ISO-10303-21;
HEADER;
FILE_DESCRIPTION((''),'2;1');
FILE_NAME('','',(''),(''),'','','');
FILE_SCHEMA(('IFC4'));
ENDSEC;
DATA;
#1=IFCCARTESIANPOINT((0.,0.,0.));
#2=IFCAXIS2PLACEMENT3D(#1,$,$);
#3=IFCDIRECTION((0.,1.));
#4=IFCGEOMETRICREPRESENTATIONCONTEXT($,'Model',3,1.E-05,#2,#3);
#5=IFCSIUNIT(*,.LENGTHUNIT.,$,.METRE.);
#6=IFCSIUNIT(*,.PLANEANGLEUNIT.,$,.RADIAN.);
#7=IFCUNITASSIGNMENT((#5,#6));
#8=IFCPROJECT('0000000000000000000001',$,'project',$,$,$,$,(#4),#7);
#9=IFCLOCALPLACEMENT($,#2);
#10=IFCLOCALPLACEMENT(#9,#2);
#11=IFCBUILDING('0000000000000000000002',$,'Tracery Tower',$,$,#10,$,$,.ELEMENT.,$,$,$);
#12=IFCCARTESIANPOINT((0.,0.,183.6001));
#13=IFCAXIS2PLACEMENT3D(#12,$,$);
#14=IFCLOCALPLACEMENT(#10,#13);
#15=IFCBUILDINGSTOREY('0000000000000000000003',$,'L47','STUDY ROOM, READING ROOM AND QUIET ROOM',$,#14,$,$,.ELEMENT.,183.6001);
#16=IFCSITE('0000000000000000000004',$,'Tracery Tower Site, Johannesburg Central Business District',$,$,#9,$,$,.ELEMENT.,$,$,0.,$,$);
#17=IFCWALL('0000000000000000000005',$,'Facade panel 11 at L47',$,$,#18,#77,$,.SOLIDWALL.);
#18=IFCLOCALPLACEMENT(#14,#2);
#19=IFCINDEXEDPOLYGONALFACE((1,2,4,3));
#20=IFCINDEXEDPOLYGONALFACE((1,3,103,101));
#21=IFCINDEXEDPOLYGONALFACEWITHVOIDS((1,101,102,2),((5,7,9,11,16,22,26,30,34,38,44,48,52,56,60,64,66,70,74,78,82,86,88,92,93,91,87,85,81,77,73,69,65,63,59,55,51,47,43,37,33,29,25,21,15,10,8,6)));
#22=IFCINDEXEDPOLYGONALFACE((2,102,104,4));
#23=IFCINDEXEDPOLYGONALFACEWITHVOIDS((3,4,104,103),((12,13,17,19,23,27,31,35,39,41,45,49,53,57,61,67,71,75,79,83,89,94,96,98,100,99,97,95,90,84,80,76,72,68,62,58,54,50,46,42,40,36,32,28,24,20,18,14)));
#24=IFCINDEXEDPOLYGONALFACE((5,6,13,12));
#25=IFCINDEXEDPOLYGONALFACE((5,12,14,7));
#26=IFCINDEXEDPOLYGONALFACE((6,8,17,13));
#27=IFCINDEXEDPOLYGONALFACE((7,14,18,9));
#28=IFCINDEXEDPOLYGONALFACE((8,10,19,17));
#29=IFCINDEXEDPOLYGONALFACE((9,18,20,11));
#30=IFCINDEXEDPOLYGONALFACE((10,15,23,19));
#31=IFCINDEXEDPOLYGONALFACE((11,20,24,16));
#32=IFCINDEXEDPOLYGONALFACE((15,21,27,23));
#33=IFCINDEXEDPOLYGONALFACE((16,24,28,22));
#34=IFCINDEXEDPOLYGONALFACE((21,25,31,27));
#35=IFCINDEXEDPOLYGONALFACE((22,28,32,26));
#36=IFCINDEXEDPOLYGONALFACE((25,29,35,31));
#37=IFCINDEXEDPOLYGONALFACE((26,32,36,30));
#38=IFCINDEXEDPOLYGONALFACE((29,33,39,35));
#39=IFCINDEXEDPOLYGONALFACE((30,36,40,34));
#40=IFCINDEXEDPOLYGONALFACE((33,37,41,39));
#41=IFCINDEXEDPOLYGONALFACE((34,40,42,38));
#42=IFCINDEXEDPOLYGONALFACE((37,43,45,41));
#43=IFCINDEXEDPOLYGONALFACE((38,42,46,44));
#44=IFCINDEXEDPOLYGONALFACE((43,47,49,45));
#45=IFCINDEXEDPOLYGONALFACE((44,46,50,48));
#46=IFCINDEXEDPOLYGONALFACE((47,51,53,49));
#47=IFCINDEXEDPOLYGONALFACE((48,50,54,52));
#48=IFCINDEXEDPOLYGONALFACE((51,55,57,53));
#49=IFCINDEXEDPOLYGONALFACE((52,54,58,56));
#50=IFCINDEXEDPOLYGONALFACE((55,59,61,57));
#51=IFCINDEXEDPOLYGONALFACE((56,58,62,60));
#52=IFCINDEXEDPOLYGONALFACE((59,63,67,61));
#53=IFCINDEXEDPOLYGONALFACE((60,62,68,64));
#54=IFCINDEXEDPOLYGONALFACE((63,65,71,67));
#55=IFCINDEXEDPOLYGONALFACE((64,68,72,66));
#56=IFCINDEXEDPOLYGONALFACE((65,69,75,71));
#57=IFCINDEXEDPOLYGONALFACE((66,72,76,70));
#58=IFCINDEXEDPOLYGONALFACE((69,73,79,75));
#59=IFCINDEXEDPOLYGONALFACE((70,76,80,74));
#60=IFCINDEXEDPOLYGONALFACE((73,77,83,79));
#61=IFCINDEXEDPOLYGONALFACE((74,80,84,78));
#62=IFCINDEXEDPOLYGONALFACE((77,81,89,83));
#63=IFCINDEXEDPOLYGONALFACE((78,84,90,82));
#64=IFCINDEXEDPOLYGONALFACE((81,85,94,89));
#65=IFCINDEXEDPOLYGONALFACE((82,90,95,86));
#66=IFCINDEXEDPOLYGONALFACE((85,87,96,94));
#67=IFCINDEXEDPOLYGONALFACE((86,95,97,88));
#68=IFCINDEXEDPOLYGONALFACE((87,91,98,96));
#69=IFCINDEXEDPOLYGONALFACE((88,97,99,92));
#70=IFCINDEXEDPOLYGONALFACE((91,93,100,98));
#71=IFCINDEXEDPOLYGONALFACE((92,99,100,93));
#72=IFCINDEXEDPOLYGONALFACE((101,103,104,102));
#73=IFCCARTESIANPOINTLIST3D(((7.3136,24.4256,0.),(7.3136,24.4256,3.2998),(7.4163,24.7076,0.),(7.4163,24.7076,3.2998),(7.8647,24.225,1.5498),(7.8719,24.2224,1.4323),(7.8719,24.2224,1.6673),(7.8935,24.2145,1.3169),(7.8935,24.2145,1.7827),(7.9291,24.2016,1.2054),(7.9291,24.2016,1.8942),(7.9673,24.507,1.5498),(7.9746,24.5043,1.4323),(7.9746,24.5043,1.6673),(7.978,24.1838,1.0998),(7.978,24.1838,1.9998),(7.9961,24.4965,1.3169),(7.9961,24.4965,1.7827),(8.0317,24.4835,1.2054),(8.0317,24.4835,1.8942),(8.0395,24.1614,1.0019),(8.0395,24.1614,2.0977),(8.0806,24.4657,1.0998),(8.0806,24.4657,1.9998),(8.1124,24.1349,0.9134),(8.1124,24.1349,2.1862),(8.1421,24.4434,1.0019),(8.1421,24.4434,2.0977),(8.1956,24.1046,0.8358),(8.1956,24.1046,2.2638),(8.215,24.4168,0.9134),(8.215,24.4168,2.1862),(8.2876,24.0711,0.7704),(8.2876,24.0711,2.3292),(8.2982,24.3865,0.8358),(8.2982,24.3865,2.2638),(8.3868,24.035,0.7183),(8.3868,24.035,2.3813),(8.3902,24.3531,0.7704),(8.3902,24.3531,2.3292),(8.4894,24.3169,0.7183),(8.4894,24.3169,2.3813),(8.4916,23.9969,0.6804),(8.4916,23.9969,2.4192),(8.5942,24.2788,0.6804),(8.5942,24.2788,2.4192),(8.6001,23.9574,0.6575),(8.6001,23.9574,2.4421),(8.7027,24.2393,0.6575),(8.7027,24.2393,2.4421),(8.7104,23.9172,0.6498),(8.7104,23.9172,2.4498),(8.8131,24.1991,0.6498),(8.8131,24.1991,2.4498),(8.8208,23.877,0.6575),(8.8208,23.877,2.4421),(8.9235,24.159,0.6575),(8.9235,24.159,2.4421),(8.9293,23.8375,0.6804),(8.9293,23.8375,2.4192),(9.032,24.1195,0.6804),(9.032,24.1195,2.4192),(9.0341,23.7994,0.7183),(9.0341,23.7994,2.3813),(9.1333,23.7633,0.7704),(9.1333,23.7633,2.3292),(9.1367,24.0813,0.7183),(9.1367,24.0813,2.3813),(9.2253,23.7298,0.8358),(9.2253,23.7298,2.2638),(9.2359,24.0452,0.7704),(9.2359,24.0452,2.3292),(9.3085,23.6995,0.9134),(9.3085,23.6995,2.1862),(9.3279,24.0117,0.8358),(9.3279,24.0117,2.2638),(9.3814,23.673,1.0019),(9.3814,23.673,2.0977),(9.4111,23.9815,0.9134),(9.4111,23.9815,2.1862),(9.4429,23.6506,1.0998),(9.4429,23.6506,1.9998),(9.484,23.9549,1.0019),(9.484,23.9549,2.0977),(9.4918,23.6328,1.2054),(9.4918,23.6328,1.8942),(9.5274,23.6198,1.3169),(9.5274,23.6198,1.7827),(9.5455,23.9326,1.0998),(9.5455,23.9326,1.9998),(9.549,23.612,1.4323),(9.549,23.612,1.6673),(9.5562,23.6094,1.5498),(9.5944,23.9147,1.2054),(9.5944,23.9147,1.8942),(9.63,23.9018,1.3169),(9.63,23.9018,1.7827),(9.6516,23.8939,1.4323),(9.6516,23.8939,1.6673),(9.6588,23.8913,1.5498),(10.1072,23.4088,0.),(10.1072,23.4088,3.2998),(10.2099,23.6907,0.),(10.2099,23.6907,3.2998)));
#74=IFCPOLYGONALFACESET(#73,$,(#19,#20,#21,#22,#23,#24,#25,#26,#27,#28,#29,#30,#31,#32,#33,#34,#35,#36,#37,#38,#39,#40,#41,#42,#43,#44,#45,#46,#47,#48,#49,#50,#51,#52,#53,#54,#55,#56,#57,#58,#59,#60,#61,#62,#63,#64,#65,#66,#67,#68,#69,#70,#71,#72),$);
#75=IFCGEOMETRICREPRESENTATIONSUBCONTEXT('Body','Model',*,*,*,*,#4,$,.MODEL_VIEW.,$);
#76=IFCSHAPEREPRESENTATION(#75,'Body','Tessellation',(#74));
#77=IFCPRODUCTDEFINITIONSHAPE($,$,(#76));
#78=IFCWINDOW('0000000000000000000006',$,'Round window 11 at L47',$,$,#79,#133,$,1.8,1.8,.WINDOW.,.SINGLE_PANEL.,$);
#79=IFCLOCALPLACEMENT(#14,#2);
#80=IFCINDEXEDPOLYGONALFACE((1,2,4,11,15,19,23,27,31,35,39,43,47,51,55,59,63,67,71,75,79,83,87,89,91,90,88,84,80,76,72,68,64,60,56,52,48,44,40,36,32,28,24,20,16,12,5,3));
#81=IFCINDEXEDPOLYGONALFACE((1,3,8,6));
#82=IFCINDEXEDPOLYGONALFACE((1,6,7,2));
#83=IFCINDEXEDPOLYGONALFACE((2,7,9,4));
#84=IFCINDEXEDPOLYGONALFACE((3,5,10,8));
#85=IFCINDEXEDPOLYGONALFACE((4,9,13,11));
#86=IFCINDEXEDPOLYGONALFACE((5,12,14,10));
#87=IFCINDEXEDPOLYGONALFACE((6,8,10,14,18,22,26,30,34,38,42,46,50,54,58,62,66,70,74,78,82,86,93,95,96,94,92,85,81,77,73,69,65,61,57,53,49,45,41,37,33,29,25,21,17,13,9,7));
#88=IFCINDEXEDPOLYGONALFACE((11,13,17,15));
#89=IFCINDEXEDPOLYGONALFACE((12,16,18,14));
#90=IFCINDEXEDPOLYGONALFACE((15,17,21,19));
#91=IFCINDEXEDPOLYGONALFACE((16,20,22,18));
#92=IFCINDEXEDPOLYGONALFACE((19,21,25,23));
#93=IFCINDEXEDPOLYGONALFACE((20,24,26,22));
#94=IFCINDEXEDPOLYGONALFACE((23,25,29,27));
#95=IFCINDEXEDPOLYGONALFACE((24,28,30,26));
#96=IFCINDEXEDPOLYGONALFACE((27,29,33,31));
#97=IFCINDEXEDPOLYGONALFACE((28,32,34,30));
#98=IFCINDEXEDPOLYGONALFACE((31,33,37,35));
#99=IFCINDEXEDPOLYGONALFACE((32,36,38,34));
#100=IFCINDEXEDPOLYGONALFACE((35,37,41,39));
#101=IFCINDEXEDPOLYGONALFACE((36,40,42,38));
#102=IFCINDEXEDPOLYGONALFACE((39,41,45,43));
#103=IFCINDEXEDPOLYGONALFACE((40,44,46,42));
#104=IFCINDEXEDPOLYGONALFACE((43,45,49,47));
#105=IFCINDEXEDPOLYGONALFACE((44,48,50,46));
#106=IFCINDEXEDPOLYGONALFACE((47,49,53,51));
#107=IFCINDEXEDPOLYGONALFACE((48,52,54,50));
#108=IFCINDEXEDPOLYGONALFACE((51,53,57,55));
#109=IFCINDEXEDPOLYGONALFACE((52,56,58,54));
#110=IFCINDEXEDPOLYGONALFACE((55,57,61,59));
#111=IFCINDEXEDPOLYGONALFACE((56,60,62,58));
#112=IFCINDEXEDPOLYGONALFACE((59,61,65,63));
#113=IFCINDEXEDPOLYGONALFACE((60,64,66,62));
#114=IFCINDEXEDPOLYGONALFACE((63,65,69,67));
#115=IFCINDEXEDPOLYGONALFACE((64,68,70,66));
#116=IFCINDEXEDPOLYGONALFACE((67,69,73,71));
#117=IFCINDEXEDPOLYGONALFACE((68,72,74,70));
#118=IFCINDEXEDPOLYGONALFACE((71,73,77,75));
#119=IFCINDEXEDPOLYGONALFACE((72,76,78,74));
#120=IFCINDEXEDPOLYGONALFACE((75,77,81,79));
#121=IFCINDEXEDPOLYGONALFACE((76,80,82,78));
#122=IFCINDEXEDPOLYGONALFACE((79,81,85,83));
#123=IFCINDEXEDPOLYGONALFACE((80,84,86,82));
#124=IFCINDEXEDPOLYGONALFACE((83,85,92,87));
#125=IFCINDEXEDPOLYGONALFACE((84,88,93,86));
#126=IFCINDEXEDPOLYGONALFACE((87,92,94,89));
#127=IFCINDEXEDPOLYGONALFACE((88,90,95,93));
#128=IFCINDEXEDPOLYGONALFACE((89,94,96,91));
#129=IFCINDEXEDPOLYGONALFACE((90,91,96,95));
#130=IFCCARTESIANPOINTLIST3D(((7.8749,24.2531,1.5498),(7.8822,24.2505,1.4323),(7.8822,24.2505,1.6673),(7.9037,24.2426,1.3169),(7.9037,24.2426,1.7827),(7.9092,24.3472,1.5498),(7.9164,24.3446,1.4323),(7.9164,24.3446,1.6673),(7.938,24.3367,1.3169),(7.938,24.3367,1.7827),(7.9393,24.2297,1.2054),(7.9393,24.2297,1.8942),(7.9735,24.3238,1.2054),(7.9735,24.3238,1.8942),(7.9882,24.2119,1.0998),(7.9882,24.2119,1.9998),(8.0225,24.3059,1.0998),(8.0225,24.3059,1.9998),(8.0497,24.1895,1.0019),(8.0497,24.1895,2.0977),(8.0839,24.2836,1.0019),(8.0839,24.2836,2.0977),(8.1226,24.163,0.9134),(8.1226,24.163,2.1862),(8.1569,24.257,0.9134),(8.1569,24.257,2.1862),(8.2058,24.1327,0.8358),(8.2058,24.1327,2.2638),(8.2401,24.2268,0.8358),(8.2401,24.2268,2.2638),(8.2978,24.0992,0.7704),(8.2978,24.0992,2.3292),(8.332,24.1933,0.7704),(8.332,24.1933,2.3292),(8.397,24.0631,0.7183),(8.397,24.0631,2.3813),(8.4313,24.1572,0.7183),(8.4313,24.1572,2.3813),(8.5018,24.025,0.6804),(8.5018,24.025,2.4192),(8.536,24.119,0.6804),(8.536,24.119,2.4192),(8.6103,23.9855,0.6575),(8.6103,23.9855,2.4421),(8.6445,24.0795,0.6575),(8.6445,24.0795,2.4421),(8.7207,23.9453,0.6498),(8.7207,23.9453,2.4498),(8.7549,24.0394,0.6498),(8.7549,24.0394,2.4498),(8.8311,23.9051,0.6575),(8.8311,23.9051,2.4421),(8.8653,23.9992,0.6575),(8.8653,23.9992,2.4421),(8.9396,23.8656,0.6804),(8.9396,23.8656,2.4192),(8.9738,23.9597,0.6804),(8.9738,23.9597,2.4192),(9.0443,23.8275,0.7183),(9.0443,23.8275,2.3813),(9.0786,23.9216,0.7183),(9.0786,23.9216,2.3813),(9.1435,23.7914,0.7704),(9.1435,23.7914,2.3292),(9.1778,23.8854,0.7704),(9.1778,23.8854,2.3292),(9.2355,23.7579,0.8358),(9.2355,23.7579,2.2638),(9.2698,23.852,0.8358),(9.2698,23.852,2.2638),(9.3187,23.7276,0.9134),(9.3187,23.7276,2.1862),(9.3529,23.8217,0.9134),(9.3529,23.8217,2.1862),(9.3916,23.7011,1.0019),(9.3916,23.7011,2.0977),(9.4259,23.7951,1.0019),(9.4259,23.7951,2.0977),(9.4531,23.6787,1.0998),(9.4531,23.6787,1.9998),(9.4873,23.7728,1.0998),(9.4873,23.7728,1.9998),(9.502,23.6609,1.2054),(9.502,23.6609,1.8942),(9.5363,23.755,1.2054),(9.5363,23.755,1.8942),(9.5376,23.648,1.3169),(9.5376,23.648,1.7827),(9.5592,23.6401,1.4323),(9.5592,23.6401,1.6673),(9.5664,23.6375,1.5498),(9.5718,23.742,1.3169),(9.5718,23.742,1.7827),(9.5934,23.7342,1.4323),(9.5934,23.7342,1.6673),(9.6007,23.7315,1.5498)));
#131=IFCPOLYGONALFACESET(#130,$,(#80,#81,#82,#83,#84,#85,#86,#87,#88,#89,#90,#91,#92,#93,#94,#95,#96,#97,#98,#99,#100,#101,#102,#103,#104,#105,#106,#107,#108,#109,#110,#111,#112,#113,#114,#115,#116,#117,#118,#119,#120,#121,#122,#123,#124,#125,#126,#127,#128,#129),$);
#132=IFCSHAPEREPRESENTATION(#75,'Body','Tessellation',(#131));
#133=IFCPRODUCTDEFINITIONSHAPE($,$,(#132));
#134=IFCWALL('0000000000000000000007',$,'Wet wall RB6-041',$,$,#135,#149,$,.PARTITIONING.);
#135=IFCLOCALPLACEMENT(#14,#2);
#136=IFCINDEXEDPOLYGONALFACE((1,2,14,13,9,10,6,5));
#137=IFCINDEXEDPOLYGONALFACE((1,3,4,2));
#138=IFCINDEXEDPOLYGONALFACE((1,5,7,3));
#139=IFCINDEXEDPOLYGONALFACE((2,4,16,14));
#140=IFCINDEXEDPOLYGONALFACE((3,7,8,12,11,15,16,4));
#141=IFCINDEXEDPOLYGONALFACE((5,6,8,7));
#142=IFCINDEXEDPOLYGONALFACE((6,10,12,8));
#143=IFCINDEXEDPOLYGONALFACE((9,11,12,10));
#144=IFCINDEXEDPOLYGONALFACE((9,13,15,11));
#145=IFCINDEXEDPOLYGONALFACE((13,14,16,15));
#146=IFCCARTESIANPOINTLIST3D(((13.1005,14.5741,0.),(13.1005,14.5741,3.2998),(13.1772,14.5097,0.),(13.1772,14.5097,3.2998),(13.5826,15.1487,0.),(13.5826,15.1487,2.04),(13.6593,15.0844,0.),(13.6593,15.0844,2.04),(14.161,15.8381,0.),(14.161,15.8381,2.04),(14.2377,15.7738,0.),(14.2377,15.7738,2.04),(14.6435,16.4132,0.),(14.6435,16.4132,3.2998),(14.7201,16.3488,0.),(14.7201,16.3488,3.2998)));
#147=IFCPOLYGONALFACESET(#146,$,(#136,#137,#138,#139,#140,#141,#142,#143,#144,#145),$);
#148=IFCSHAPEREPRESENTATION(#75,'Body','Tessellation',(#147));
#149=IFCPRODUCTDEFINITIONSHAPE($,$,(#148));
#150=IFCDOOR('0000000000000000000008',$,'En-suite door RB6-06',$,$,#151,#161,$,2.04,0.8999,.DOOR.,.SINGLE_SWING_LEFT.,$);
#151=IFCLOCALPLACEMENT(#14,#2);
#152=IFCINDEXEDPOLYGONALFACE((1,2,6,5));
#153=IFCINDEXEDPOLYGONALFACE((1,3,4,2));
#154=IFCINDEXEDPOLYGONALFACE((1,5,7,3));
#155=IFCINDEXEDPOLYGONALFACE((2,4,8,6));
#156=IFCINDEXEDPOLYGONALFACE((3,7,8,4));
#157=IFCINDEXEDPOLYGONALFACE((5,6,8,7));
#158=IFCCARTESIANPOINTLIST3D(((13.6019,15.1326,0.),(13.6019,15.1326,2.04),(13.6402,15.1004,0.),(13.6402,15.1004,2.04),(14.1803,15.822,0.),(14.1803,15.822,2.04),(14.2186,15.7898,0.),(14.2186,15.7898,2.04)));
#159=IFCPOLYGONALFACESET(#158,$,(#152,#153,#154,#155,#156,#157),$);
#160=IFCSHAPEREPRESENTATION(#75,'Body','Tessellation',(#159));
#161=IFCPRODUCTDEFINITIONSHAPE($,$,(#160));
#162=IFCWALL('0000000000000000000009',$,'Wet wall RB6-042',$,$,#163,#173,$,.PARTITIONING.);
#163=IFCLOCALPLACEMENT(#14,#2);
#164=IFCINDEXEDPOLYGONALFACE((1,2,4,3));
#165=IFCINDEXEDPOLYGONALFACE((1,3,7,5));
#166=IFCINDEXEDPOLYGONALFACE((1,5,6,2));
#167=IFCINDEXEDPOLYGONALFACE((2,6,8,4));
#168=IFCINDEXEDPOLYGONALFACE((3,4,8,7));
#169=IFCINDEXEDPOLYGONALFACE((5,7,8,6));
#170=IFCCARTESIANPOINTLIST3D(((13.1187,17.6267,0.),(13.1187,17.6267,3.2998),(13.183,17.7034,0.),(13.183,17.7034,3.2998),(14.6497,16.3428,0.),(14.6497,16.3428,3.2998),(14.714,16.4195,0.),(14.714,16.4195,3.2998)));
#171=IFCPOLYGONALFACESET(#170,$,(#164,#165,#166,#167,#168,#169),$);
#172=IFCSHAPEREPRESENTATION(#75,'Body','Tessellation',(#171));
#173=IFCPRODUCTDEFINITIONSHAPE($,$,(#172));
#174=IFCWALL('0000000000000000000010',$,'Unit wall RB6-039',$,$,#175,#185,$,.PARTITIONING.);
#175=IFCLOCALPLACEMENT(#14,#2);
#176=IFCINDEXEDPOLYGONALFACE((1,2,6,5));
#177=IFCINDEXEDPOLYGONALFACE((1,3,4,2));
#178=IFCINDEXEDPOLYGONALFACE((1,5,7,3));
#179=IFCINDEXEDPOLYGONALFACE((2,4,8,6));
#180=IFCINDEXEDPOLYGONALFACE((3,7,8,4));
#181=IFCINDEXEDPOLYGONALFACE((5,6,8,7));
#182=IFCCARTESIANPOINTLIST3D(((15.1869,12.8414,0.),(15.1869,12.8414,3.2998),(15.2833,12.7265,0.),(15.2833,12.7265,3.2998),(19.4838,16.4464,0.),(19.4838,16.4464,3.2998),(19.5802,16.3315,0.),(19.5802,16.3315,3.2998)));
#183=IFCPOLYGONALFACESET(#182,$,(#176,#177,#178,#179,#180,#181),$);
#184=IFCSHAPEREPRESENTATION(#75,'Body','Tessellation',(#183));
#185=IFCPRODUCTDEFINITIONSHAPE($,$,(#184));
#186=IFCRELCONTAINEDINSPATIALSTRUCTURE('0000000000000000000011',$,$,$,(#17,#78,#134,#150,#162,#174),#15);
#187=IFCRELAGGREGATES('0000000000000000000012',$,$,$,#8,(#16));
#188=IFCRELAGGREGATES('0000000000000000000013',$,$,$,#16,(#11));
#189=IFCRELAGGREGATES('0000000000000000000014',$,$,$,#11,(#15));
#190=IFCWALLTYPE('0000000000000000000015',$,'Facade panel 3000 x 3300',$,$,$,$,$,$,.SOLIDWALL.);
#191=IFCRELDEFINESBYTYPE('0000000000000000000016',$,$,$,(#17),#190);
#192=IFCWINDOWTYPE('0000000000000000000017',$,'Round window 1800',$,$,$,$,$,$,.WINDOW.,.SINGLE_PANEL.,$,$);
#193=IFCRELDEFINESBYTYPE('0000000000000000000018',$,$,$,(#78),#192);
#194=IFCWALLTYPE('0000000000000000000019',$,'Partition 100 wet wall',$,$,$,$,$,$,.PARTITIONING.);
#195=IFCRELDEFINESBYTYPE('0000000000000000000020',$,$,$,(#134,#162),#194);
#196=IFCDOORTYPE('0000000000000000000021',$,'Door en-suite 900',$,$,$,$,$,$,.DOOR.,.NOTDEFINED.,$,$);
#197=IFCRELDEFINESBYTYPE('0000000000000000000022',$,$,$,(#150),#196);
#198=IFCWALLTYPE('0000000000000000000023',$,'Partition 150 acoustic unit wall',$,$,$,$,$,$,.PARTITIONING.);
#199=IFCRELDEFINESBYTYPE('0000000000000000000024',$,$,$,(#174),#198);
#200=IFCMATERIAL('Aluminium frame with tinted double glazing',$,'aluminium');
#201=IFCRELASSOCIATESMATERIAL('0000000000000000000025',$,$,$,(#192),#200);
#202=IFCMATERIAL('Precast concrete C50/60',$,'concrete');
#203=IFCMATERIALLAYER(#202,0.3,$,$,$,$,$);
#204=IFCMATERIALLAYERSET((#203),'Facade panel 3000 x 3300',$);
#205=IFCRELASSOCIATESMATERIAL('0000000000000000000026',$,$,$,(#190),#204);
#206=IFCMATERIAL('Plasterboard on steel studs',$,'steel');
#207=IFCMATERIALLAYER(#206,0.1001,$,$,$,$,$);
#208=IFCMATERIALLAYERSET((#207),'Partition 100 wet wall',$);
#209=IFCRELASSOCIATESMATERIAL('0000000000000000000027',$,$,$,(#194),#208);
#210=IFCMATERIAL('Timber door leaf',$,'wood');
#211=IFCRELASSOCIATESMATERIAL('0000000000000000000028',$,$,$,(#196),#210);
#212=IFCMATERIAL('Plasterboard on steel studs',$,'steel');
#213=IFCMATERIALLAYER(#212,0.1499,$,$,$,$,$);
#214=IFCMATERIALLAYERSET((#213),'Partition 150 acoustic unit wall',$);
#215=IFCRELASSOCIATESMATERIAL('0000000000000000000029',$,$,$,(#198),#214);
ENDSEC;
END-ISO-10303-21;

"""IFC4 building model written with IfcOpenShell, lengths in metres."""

from ifc_helpers import new_model, si_unit, direction, frame, frame_2d, origin, origin_2d, place, context, subcontext, project, spatial, rectangle, circle, extrude, material, layer, layer_set, type_object, element, fill, save


model = new_model("IFC4")

# Units and contexts
model_context = context("Model", 3, precision=1e-05, world=origin(), true_north=direction((0.0, 1.0)))
body_context = subcontext(model_context, "Body", "Model", "MODEL_VIEW")
ifc_project = project(units=[si_unit("LENGTHUNIT", "METRE"), si_unit("PLANEANGLEUNIT", "RADIAN")], contexts=[model_context])

# Site, building, storey
site_placement = place(None, origin())
site = spatial("IfcSite", under=ifc_project, at=site_placement, Name="Tracery Tower Site, Johannesburg Central Business District", CompositionType="ELEMENT", RefElevation=0.0)
building_placement = place(site_placement, origin())
building = spatial("IfcBuilding", under=site, at=building_placement, Name="Tracery Tower", CompositionType="ELEMENT")
storey_placement = place(building_placement, frame((0.0, 0.0, 183.6001)))
storey = spatial("IfcBuildingStorey", under=building, at=storey_placement, Name="L47", Description="STUDY ROOM, READING ROOM AND QUIET ROOM", CompositionType="ELEMENT", Elevation=183.6001)

# Wall, opening, window
ifc_material_1 = material(Name="Aluminium frame with tinted double glazing", Category="aluminium")
window_type = type_object("IfcWindowType", Name="Round window 1800", PartitioningType="SINGLE_PANEL", PredefinedType="WINDOW", material=ifc_material_1)
ifc_material_2 = material(Name="Precast concrete C50/60", Category="concrete")
ifc_layer_1 = layer(ifc_material_2, 0.3)
ifc_layer_set_1 = layer_set([ifc_layer_1], Name="Facade panel 3000 x 3300")
wall_type_1 = type_object("IfcWallType", Name="Facade panel 3000 x 3300", PredefinedType="SOLIDWALL", material=ifc_layer_set_1)
wall_1_placement = place(storey_placement, frame((10.1584, 23.5498, 0.0), z_axis=(0.0, 0.0, 1.0), x_axis=(-0.93969, 0.342027, 0.0)))
wall_1 = element("IfcWall", 1, at=wall_1_placement, inside=storey, type_object=wall_type_1, Name="Facade panel 11 at L47", PredefinedType="SOLIDWALL", context=body_context, shape_type="SweptSolid", body=[
    extrude(rectangle(XDim=2.9729, YDim=0.3, at=frame_2d((1.4863, 0.0))), origin(), (0.0, 0.0, 1.0), 3.2998),
])
opening_1_placement = place(wall_1_placement, frame((1.4863, 0.0, 1.5498)))
opening_1 = element("IfcOpeningElement", 2, at=opening_1_placement, cuts=wall_1, PredefinedType="OPENING", context=body_context, shape_type="SweptSolid", body=[
    extrude(circle(Radius=0.9, at=origin_2d()), frame((0.0, 0.1599, 0.0), z_axis=(0.0, -1.0, 0.0), x_axis=(1.0, 0.0, 0.0)), (0.0, 0.0, 1.0), 0.3201),
])
window_1_placement = place(opening_1_placement, origin())
window_1 = element("IfcWindow", 3, at=window_1_placement, inside=storey, type_object=window_type, Name="Round window 11 at L47", OverallHeight=1.8, OverallWidth=1.8, PartitioningType="SINGLE_PANEL", PredefinedType="WINDOW", context=body_context, shape_type="SweptSolid", body=[
    extrude(circle(Radius=0.9, at=origin_2d()), frame((0.0, 0.1201, 0.0), z_axis=(0.0, -1.0, 0.0), x_axis=(1.0, 0.0, 0.0)), (0.0, 0.0, 1.0), 0.1001),
])
fill(opening_1, window_1)

# Wall, opening, door
ifc_material_3 = material(Name="Plasterboard on steel studs", Category="steel")
ifc_layer_2 = layer(ifc_material_3, 0.1001)
ifc_layer_set_2 = layer_set([ifc_layer_2], Name="Partition 100 wet wall")
wall_type_2 = type_object("IfcWallType", Name="Partition 100 wet wall", PredefinedType="PARTITIONING", material=ifc_layer_set_2)
wall_2_placement = place(storey_placement, frame((13.1389, 14.542, 0.0), z_axis=(0.0, 0.0, 1.0), x_axis=(0.642732, 0.766091, 0.0)))
wall_2 = element("IfcWall", 4, at=wall_2_placement, inside=storey, type_object=wall_type_2, Name="Wet wall RB6-041", PredefinedType="PARTITIONING", context=body_context, shape_type="SweptSolid", body=[
    extrude(rectangle(XDim=2.4006, YDim=0.1001, at=frame_2d((1.2002, 0.0))), origin(), (0.0, 0.0, 1.0), 3.2998),
])
opening_2_placement = place(wall_2_placement, frame((0.75, 0.0, 0.0)))
opening_2 = element("IfcOpeningElement", 5, at=opening_2_placement, cuts=wall_2, PredefinedType="OPENING", context=body_context, shape_type="SweptSolid", body=[
    extrude(rectangle(XDim=0.8999, YDim=2.04, at=frame_2d((0.45, 1.02))), frame((0.0, 0.05, 0.0), z_axis=(0.0, -1.0, 0.0), x_axis=(1.0, 0.0, 0.0)), (0.0, 0.0, 1.0), 0.1001),
])
ifc_material_4 = material(Name="Timber door leaf", Category="wood")
door_type_1 = type_object("IfcDoorType", Name="Door en-suite 900", OperationType="NOTDEFINED", PredefinedType="DOOR", material=ifc_material_4)
door_1_placement = place(opening_2_placement, origin())
door_1 = element("IfcDoor", 6, at=door_1_placement, inside=storey, type_object=door_type_1, Name="En-suite door RB6-06", OperationType="SINGLE_SWING_LEFT", OverallHeight=2.04, OverallWidth=0.8999, PredefinedType="DOOR", context=body_context, shape_type="SweptSolid", body=[
    extrude(rectangle(XDim=0.8999, YDim=2.04, at=frame_2d((0.45, 1.02))), frame((0.0, 0.0249, 0.0), z_axis=(0.0, -1.0, 0.0), x_axis=(1.0, 0.0, 0.0)), (0.0, 0.0, 1.0), 0.05),
])
fill(opening_2, door_1)

# Walls
wall_3_placement = place(storey_placement, frame((13.1509, 17.665, 0.0), z_axis=(0.0, 0.0, 1.0), x_axis=(0.766225, -0.642573, 0.0)))
element("IfcWall", 7, at=wall_3_placement, inside=storey, type_object=wall_type_2, Name="Wet wall RB6-042", PredefinedType="PARTITIONING", context=body_context, shape_type="SweptSolid", body=[
    extrude(rectangle(XDim=1.998, YDim=0.1001, at=frame_2d((0.999, 0.0))), origin(), (0.0, 0.0, 1.0), 3.2998),
])
ifc_material_5 = material(Name="Plasterboard on steel studs", Category="steel")
ifc_layer_3 = layer(ifc_material_5, 0.1499)
ifc_layer_set_3 = layer_set([ifc_layer_3], Name="Partition 150 acoustic unit wall")
wall_type_3 = type_object("IfcWallType", Name="Partition 150 acoustic unit wall", PredefinedType="PARTITIONING", material=ifc_layer_set_3)
wall_4_placement = place(storey_placement, frame((15.2351, 12.7839, 0.0), z_axis=(0.0, 0.0, 1.0), x_axis=(0.766091, 0.642733, 0.0)))
element("IfcWall", 8, at=wall_4_placement, inside=storey, type_object=wall_type_3, Name="Unit wall RB6-039", PredefinedType="PARTITIONING", context=body_context, shape_type="SweptSolid", body=[
    extrude(rectangle(XDim=5.6089, YDim=0.1499, at=frame_2d((2.8044, 0.0))), origin(), (0.0, 0.0, 1.0), 3.2998),
])

save(model, "model.ifc")
